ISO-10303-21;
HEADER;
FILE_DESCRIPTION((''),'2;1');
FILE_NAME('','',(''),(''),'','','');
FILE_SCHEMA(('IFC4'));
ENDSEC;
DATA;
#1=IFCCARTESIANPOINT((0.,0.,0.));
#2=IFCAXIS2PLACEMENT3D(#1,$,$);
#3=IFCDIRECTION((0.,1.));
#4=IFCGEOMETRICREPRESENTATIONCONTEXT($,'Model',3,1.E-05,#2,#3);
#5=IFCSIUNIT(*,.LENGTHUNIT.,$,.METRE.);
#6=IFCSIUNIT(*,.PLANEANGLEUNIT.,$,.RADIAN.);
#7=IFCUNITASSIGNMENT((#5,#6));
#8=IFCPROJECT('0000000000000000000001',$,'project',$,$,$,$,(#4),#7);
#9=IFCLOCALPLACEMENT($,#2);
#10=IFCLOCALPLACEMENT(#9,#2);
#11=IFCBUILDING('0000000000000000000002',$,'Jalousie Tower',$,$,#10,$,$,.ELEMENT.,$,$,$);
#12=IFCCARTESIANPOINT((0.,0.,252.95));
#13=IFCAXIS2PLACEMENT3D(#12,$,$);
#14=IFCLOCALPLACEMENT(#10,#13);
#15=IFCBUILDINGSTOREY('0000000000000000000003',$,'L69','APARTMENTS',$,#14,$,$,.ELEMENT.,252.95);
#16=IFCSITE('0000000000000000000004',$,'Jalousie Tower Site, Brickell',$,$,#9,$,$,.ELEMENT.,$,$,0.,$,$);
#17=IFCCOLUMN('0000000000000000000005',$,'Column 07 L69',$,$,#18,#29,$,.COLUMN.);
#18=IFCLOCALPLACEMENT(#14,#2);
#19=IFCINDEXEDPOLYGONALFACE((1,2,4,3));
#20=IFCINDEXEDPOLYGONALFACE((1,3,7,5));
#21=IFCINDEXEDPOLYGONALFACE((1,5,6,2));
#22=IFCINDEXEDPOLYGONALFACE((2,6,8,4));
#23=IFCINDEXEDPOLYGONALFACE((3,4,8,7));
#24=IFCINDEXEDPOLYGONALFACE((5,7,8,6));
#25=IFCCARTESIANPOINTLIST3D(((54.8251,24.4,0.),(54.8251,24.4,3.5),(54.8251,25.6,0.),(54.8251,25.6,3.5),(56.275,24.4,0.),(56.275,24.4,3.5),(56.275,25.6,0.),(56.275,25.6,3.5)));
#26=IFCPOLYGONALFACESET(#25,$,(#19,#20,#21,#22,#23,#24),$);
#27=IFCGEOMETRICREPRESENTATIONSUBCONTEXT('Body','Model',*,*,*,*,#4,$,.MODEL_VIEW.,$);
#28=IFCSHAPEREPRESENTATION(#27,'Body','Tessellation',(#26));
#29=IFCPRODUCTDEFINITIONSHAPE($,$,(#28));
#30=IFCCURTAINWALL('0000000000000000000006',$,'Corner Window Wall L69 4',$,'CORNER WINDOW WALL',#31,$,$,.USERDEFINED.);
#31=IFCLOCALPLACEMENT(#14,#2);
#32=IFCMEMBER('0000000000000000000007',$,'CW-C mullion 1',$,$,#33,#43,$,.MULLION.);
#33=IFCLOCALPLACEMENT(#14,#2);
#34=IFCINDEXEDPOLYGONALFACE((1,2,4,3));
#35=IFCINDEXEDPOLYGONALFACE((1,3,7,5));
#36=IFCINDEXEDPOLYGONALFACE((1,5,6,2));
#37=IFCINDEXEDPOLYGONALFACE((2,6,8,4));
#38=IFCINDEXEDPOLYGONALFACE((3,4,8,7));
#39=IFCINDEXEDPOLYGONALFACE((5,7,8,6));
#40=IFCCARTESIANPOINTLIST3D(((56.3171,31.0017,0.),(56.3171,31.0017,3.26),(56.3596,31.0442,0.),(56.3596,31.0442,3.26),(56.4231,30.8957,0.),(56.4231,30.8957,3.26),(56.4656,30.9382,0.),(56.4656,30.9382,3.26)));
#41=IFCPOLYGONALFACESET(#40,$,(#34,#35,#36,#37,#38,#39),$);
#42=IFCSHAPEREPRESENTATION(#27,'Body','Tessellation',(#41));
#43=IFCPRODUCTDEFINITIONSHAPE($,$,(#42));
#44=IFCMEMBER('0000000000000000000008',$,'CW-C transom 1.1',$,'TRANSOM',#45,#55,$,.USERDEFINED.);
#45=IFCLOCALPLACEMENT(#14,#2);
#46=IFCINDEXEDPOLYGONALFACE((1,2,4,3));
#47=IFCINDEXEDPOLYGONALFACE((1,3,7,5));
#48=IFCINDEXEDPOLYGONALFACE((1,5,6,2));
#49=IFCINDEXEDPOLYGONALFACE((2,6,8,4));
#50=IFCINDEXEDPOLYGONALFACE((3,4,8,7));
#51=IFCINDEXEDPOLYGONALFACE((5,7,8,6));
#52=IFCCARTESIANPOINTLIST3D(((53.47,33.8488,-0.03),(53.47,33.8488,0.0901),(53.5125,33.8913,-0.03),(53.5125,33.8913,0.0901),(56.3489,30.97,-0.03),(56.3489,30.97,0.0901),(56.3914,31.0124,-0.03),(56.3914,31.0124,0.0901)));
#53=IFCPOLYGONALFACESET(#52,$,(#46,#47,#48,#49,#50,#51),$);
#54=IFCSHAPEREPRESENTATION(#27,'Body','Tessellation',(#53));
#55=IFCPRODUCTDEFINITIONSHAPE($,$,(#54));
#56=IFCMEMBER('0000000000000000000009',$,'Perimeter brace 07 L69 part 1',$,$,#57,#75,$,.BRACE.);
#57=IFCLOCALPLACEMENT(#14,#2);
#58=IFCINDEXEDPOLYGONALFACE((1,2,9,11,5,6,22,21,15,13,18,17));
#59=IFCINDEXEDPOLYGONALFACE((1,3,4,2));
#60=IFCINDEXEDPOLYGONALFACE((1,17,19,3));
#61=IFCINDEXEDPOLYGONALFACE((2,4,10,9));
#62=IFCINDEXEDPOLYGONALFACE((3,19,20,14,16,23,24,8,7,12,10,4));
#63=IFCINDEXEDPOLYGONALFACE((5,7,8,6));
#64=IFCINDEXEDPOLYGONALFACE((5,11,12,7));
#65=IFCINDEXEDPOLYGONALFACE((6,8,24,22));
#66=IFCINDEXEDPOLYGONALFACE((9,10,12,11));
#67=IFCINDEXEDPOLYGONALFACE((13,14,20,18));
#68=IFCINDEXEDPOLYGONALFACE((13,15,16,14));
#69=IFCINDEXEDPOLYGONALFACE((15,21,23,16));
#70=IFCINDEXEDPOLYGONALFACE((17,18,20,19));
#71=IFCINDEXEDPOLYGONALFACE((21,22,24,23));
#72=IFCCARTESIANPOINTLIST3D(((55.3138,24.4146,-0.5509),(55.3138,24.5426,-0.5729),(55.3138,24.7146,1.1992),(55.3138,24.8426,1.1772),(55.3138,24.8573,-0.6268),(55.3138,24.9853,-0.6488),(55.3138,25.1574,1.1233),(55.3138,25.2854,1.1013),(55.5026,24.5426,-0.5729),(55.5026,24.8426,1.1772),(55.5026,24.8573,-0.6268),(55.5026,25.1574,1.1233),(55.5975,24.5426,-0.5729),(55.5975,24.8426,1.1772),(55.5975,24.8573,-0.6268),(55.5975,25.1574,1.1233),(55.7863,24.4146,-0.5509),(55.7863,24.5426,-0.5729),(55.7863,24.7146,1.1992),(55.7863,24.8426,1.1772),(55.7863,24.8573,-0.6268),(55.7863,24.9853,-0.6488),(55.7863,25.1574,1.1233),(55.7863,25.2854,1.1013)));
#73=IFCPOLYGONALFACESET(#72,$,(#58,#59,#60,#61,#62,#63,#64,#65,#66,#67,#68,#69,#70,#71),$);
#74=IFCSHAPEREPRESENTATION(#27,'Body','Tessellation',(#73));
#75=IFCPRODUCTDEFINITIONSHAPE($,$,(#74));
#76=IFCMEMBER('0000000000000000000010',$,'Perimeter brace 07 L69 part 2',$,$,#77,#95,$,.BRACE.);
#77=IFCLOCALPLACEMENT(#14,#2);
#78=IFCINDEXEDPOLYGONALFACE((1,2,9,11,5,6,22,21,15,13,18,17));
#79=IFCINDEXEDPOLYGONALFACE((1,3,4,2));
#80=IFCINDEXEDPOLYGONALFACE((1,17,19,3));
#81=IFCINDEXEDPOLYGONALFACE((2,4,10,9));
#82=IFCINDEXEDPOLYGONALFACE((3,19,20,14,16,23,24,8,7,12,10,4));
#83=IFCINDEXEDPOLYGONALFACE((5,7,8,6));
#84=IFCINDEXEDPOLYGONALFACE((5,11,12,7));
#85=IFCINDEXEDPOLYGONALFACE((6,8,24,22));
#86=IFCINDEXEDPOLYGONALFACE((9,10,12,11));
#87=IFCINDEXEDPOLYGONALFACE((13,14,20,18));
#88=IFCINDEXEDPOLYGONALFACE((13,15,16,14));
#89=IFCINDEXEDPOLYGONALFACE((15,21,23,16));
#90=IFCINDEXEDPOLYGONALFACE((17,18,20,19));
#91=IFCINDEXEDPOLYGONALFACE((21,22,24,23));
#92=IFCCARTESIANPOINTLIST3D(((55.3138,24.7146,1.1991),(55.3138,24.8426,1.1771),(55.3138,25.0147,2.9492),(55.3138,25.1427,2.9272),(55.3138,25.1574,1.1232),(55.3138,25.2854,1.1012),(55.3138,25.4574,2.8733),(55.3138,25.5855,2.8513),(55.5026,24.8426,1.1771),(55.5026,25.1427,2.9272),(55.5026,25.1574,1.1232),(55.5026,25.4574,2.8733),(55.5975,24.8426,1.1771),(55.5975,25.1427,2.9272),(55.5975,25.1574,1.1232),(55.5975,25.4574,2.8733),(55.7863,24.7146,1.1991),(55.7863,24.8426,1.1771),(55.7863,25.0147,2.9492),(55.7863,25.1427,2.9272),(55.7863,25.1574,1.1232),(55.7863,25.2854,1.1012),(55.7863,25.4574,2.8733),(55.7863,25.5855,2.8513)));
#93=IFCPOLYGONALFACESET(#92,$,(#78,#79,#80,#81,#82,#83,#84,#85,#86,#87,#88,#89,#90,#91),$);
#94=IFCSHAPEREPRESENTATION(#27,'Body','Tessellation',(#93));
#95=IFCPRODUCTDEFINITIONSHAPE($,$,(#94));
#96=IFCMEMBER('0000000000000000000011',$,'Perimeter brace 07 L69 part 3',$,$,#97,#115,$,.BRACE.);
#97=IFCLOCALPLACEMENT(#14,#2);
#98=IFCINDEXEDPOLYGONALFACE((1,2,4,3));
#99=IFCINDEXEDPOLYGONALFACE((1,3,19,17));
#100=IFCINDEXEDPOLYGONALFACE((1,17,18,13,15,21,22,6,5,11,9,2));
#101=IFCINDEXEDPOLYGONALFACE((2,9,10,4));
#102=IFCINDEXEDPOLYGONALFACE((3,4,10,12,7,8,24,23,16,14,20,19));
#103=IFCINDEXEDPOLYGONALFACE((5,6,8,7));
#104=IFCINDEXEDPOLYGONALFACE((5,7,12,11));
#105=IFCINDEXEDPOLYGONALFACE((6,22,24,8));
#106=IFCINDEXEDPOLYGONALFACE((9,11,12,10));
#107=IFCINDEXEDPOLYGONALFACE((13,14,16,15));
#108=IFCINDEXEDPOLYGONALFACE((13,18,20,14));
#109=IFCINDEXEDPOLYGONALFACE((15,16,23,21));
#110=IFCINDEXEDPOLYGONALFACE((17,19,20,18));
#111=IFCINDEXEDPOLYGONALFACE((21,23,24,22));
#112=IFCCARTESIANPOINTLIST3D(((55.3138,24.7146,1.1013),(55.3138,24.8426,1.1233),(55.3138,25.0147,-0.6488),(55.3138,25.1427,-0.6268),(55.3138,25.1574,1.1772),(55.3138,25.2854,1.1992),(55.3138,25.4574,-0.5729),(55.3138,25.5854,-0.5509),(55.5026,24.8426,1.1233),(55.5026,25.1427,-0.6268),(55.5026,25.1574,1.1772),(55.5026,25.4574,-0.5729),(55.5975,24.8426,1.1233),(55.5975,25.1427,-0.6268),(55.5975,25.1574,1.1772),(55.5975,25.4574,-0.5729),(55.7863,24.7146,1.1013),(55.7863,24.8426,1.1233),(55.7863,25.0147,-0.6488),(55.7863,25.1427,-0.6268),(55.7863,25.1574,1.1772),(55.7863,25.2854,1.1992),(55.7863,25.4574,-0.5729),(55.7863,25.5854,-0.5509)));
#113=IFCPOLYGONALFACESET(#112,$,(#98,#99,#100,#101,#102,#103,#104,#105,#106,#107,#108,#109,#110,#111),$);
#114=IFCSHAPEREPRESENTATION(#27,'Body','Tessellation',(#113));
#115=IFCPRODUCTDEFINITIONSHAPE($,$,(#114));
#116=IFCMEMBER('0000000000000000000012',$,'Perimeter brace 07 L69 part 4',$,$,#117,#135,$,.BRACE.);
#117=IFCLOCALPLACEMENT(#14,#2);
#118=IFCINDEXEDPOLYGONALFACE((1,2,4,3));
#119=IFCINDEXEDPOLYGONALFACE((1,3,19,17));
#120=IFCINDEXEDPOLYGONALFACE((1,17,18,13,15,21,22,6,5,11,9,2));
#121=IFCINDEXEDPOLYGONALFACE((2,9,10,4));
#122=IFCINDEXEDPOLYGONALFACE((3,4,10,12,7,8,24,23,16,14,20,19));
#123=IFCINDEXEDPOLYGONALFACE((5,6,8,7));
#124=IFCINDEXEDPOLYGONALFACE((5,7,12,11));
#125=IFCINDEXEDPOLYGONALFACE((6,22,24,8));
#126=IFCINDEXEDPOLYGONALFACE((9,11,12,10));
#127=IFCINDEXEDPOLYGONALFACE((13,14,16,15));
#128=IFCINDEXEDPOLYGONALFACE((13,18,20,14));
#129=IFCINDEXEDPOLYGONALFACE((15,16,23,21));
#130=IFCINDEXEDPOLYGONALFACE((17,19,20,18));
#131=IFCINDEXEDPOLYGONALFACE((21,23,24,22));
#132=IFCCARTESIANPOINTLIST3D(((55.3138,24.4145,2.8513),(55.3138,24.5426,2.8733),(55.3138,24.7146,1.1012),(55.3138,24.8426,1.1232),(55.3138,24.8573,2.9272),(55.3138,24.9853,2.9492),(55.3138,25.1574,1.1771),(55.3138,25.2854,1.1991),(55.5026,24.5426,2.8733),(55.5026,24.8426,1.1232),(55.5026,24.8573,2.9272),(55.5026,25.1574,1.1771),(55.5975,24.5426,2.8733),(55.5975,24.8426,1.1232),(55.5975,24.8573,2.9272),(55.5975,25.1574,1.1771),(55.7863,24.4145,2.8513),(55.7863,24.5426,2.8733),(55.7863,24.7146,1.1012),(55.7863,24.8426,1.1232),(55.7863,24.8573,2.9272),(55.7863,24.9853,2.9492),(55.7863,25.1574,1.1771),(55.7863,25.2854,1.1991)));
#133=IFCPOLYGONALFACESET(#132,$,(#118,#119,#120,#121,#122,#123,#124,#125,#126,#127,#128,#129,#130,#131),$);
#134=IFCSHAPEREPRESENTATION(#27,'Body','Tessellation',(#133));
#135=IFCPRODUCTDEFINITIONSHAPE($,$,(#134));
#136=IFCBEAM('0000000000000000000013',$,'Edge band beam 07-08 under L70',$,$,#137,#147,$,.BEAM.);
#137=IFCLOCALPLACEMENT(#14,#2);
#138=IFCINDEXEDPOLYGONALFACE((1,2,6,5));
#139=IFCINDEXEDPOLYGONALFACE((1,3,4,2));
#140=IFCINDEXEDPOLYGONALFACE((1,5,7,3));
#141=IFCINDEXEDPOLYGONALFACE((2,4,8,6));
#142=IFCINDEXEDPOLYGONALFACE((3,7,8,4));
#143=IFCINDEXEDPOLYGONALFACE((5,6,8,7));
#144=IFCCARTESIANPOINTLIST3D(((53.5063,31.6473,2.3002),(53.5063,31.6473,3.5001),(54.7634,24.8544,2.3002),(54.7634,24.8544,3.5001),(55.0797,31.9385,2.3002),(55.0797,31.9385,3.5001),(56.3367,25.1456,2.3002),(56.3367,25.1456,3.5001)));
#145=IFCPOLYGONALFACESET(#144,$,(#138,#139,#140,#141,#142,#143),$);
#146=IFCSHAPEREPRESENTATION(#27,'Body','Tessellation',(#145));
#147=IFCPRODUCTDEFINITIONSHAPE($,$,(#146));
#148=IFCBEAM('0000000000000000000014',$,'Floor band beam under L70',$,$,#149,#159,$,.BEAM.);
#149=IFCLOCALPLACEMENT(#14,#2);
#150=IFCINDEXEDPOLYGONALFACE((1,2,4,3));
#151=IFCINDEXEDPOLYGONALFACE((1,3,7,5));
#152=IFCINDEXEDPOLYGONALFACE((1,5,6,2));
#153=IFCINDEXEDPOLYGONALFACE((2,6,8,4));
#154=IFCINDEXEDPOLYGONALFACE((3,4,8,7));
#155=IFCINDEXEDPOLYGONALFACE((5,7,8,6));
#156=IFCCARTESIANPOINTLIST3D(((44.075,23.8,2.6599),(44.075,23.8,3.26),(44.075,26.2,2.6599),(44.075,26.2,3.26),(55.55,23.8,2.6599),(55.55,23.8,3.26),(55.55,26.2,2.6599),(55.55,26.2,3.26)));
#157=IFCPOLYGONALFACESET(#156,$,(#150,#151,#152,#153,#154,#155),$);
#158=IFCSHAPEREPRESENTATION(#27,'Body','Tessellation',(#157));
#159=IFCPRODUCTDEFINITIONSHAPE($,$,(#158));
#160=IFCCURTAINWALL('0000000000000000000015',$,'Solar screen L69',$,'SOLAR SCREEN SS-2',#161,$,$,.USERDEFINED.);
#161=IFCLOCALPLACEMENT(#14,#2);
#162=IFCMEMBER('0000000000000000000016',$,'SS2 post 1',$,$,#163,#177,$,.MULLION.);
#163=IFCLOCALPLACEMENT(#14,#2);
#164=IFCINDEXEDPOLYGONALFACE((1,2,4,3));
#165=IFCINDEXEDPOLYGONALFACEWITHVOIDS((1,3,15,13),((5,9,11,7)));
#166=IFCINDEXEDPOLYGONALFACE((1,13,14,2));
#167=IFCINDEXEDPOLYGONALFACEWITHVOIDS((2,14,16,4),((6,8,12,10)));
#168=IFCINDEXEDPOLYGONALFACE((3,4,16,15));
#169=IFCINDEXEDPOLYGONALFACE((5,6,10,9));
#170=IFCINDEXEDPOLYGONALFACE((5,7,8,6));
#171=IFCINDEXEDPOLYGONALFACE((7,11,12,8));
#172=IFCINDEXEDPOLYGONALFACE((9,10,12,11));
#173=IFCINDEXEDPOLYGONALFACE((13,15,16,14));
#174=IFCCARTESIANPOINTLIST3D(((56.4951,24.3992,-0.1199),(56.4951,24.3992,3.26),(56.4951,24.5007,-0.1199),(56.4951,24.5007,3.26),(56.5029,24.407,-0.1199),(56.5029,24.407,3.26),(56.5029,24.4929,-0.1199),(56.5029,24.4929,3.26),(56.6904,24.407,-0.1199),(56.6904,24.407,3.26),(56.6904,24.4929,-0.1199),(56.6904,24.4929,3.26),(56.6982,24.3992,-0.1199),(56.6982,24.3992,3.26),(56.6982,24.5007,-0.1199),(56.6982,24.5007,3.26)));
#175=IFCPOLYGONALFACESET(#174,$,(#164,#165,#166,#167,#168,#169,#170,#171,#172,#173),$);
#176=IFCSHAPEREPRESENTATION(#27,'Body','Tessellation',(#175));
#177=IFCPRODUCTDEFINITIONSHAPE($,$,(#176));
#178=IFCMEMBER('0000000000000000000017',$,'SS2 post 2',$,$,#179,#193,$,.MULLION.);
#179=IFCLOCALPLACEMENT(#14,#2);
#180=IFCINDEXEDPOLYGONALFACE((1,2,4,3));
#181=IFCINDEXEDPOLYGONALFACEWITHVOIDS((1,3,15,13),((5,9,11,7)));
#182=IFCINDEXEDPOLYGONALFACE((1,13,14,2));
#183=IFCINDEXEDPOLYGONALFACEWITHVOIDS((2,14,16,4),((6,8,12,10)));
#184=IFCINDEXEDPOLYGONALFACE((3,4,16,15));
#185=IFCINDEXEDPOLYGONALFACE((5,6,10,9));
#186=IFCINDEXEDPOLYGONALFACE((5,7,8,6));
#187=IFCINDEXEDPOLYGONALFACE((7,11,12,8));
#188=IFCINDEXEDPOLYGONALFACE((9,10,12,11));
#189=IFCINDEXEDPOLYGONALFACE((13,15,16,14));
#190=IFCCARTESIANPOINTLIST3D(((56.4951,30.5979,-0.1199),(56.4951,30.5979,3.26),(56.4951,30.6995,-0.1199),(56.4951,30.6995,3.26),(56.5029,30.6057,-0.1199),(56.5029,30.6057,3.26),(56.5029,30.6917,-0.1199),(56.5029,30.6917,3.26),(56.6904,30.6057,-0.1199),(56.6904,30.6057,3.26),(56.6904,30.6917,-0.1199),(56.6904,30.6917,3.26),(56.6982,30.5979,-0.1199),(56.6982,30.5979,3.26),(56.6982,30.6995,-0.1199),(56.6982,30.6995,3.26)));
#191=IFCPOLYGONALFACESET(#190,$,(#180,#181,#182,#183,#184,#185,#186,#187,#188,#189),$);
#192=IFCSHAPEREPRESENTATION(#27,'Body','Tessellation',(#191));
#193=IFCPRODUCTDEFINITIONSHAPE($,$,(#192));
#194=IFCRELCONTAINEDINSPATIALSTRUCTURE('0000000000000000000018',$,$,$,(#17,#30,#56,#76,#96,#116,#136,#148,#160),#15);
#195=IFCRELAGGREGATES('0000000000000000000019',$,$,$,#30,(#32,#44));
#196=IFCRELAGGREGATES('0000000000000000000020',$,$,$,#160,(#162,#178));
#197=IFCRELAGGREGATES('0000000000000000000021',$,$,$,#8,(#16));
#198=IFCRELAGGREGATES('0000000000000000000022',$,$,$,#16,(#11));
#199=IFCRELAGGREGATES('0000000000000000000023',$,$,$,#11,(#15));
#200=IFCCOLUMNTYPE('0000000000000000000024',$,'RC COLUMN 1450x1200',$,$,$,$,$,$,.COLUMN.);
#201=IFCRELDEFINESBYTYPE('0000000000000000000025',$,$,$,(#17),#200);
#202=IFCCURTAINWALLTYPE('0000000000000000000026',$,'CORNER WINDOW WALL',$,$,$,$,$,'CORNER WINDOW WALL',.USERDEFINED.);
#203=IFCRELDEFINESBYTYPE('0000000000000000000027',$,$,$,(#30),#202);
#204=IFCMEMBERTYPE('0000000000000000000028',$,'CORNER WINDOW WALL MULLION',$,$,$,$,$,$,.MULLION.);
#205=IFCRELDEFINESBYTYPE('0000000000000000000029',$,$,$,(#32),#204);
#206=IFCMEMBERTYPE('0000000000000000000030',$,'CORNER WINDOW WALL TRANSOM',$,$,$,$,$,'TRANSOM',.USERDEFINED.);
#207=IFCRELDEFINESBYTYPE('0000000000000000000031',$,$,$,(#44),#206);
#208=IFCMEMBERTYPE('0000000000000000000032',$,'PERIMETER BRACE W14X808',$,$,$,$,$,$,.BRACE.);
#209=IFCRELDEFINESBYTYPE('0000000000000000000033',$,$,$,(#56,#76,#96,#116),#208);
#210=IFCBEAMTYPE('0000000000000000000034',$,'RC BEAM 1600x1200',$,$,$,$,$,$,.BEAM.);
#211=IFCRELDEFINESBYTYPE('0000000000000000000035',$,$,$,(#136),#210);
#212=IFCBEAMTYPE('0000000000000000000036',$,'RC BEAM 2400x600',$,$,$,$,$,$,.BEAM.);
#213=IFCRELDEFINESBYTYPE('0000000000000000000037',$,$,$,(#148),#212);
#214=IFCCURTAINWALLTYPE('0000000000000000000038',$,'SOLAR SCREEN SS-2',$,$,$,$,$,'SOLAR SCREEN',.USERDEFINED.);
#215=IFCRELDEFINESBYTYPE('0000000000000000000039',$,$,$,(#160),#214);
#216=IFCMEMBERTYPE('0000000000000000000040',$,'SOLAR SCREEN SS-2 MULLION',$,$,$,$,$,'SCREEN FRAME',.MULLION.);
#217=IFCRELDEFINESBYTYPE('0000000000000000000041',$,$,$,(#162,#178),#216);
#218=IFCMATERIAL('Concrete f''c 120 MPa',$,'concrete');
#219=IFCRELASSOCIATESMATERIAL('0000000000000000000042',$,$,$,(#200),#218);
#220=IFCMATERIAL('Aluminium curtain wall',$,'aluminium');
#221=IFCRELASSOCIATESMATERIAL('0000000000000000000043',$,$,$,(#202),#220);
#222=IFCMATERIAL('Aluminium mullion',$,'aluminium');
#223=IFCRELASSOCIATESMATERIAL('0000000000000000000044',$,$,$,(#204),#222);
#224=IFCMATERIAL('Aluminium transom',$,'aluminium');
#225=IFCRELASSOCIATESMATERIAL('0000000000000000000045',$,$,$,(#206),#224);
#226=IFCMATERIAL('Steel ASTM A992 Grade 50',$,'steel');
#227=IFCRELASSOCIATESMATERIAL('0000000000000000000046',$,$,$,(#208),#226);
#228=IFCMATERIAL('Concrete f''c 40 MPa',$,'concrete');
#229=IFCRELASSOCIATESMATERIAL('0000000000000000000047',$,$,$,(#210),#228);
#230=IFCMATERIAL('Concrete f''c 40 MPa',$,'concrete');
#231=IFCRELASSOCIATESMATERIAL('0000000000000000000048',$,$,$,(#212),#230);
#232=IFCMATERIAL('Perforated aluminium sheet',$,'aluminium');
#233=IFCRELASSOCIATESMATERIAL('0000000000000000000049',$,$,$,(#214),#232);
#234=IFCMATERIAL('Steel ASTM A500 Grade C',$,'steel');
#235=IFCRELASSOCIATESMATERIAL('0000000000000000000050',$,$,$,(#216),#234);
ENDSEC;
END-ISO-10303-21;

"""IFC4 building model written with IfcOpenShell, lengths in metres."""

from ifc_helpers import new_model, si_unit, direction, frame, origin, origin_2d, place, context, subcontext, project, spatial, rectangle, hollow_rectangle, i_section, extrude, material, material_profile, profile_set, type_object, element, aggregate, save


model = new_model("IFC4")

# Units and contexts
model_context = context("Model", 3, precision=1e-05, world=origin(), true_north=direction((0.0, 1.0)))
body_context = subcontext(model_context, "Body", "Model", "MODEL_VIEW")
ifc_project = project(units=[si_unit("LENGTHUNIT", "METRE"), si_unit("PLANEANGLEUNIT", "RADIAN")], contexts=[model_context])

# Site, building, storey
site_placement = place(None, origin())
site = spatial("IfcSite", under=ifc_project, at=site_placement, Name="Jalousie Tower Site, Brickell", CompositionType="ELEMENT", RefElevation=0.0)
building_placement = place(site_placement, origin())
building = spatial("IfcBuilding", under=site, at=building_placement, Name="Jalousie Tower", CompositionType="ELEMENT")
storey_placement = place(building_placement, frame((0.0, 0.0, 252.95)))
storey = spatial("IfcBuildingStorey", under=building, at=storey_placement, Name="L69", Description="APARTMENTS", CompositionType="ELEMENT", Elevation=252.95)

# Column
ifc_material_1 = material(Name="Concrete f'c 120 MPa", Category="concrete")
ifc_material_profile_1 = material_profile(ifc_material_1, rectangle(XDim=1.45, YDim=1.2, at=origin_2d()), Name="RC 1450x1200")
ifc_profile_set_1 = profile_set([ifc_material_profile_1], Name="Concrete f'c 120 MPa")
column_type = type_object("IfcColumnType", Name="RC COLUMN 1450x1200", PredefinedType="COLUMN", material=ifc_profile_set_1)
column_placement = place(storey_placement, frame((55.55, 25.0, 0.0), z_axis=(0.0, 0.0, 1.0), x_axis=(1.0, 0.0, 0.0)))
element("IfcColumn", 1, at=column_placement, inside=storey, type_object=column_type, Name="Column 07 L69", PredefinedType="COLUMN", context=body_context, shape_type="SweptSolid", body=[
    extrude(rectangle(XDim=1.45, YDim=1.2, at=origin_2d()), origin(), (0.0, 0.0, 1.0), 3.5),
])

# Curtain wall, members
ifc_material_2 = material(Name="Aluminium curtain wall", Category="aluminium")
curtain_wall_type_1 = type_object("IfcCurtainWallType", Name="CORNER WINDOW WALL", ElementType="CORNER WINDOW WALL", PredefinedType="USERDEFINED", material=ifc_material_2)
curtain_wall_1_placement = place(storey_placement, origin())
curtain_wall_1 = element("IfcCurtainWall", 2, at=curtain_wall_1_placement, inside=storey, type_object=curtain_wall_type_1, Name="Corner Window Wall L69 4", ObjectType="CORNER WINDOW WALL", PredefinedType="USERDEFINED")
ifc_material_3 = material(Name="Aluminium mullion", Category="aluminium")
ifc_material_profile_2 = material_profile(ifc_material_3, rectangle(XDim=0.0601, YDim=0.1499, at=origin_2d()), Name="MULLION 60x150")
ifc_profile_set_2 = profile_set([ifc_material_profile_2], Name="Aluminium mullion")
member_type_1 = type_object("IfcMemberType", Name="CORNER WINDOW WALL MULLION", PredefinedType="MULLION", material=ifc_profile_set_2)
member_1_placement = place(storey_placement, frame((56.3914, 30.97, 0.0), z_axis=(0.0, 0.0, 1.0), x_axis=(-0.707107, -0.707107, 0.0)))
member_1 = element("IfcMember", 3, at=member_1_placement, type_object=member_type_1, Name="CW-C mullion 1", PredefinedType="MULLION", context=body_context, shape_type="SweptSolid", body=[
    extrude(rectangle(XDim=0.0601, YDim=0.1499, at=origin_2d()), origin(), (0.0, 0.0, 1.0), 3.26),
])
ifc_material_4 = material(Name="Aluminium transom", Category="aluminium")
ifc_material_profile_3 = material_profile(ifc_material_4, rectangle(XDim=0.0601, YDim=0.1201, at=origin_2d()), Name="TRANSOM 60x120")
ifc_profile_set_3 = profile_set([ifc_material_profile_3], Name="Aluminium transom")
member_type_2 = type_object("IfcMemberType", Name="CORNER WINDOW WALL TRANSOM", ElementType="TRANSOM", PredefinedType="USERDEFINED", material=ifc_profile_set_3)
member_2_placement = place(storey_placement, frame((56.3701, 30.9912, 0.03), z_axis=(-0.707107, 0.707107, 0.0), x_axis=(-0.707107, -0.707107, 0.0)))
member_2 = element("IfcMember", 4, at=member_2_placement, type_object=member_type_2, Name="CW-C transom 1.1", ObjectType="TRANSOM", PredefinedType="USERDEFINED", context=body_context, shape_type="SweptSolid", body=[
    extrude(rectangle(XDim=0.0601, YDim=0.1201, at=origin_2d()), origin(), (0.0, 0.0, 1.0), 4.0713),
])
aggregate(curtain_wall_1, [member_1, member_2])

# Members
ifc_material_5 = material(Name="Steel ASTM A992 Grade 50", Category="steel")
ifc_material_profile_4 = material_profile(ifc_material_5, i_section(OverallWidth=0.4724, OverallDepth=0.5791, WebThickness=0.095, FlangeThickness=0.1299, at=origin_2d()), Name="W14X808")
ifc_profile_set_4 = profile_set([ifc_material_profile_4], Name="Steel ASTM A992 Grade 50")
member_type_3 = type_object("IfcMemberType", Name="PERIMETER BRACE W14X808", PredefinedType="BRACE", material=ifc_profile_set_4)
for number, where, z_axis, x_axis, name in (
    (5, (55.55, 24.7, -0.5999), (0.0, 0.168991, 0.985618), (-1.0, 0.0, 0.0), "Perimeter brace 07 L69 part 1"),
    (6, (55.55, 25.0, 1.1501), (0.0, 0.168991, 0.985618), (-1.0, 0.0, 0.0), "Perimeter brace 07 L69 part 2"),
    (7, (55.55, 25.3, -0.5999), (0.0, -0.168991, 0.985618), (1.0, 0.0, 0.0), "Perimeter brace 07 L69 part 3"),
    (8, (55.55, 25.0, 1.1501), (0.0, -0.168991, 0.985618), (1.0, 0.0, 0.0), "Perimeter brace 07 L69 part 4"),
):
    element("IfcMember", number, at=place(storey_placement, frame(where, z_axis=z_axis, x_axis=x_axis)), inside=storey, type_object=member_type_3, Name=name, PredefinedType="BRACE", context=body_context, shape_type="SweptSolid", body=[
        extrude(i_section(OverallWidth=0.4724, OverallDepth=0.5791, WebThickness=0.095, FlangeThickness=0.1299, at=origin_2d()), origin(), (0.0, 0.0, 1.0), 1.7756),
    ])

# Beams
ifc_material_6 = material(Name="Concrete f'c 40 MPa", Category="concrete")
ifc_material_profile_5 = material_profile(ifc_material_6, rectangle(XDim=1.6001, YDim=1.2, at=origin_2d()), Name="RC 1600x1200")
ifc_profile_set_5 = profile_set([ifc_material_profile_5], Name="Concrete f'c 40 MPa")
beam_type_1 = type_object("IfcBeamType", Name="RC BEAM 1600x1200", PredefinedType="BEAM", material=ifc_profile_set_5)
beam_1_placement = place(storey_placement, frame((55.55, 25.0, 2.9001), z_axis=(-0.181967, 0.983305, 0.0), x_axis=(-0.983305, -0.181967, 0.0)))
element("IfcBeam", 9, at=beam_1_placement, inside=storey, type_object=beam_type_1, Name="Edge band beam 07-08 under L70", PredefinedType="BEAM", context=body_context, shape_type="SweptSolid", body=[
    extrude(rectangle(XDim=1.6001, YDim=1.2, at=origin_2d()), origin(), (0.0, 0.0, 1.0), 6.9082),
])
ifc_material_7 = material(Name="Concrete f'c 40 MPa", Category="concrete")
ifc_material_profile_6 = material_profile(ifc_material_7, rectangle(XDim=2.3999, YDim=0.6001, at=origin_2d()), Name="RC 2400x600")
ifc_profile_set_6 = profile_set([ifc_material_profile_6], Name="Concrete f'c 40 MPa")
beam_type_2 = type_object("IfcBeamType", Name="RC BEAM 2400x600", PredefinedType="BEAM", material=ifc_profile_set_6)
beam_2_placement = place(storey_placement, frame((55.55, 25.0, 2.96), z_axis=(-1.0, 0.0, 0.0), x_axis=(0.0, -1.0, 0.0)))
element("IfcBeam", 10, at=beam_2_placement, inside=storey, type_object=beam_type_2, Name="Floor band beam under L70", PredefinedType="BEAM", context=body_context, shape_type="SweptSolid", body=[
    extrude(rectangle(XDim=2.3999, YDim=0.6001, at=origin_2d()), origin(), (0.0, 0.0, 1.0), 11.4751),
])

# Curtain wall, members
ifc_material_8 = material(Name="Perforated aluminium sheet", Category="aluminium")
curtain_wall_type_2 = type_object("IfcCurtainWallType", Name="SOLAR SCREEN SS-2", ElementType="SOLAR SCREEN", PredefinedType="USERDEFINED", material=ifc_material_8)
curtain_wall_2_placement = place(storey_placement, origin())
curtain_wall_2 = element("IfcCurtainWall", 11, at=curtain_wall_2_placement, inside=storey, type_object=curtain_wall_type_2, Name="Solar screen L69", ObjectType="SOLAR SCREEN SS-2", PredefinedType="USERDEFINED")
ifc_material_9 = material(Name="Steel ASTM A500 Grade C", Category="steel")
ifc_material_profile_7 = material_profile(ifc_material_9, hollow_rectangle(XDim=0.1016, YDim=0.2031, WallThickness=0.0078, at=origin_2d()), Name="HSS8X4X5/16")
ifc_profile_set_7 = profile_set([ifc_material_profile_7], Name="Steel ASTM A500 Grade C")
member_type_4 = type_object("IfcMemberType", Name="SOLAR SCREEN SS-2 MULLION", ElementType="SCREEN FRAME", PredefinedType="MULLION", material=ifc_profile_set_7)
member_3_placement = place(storey_placement, frame((56.5967, 24.45, -0.1199), z_axis=(0.0, 0.0, 1.0), x_axis=(0.0, 1.0, 0.0)))
member_3 = element("IfcMember", 12, at=member_3_placement, type_object=member_type_4, Name="SS2 post 1", PredefinedType="MULLION", context=body_context, shape_type="SweptSolid", body=[
    extrude(hollow_rectangle(XDim=0.1016, YDim=0.2031, WallThickness=0.0078, at=origin_2d()), origin(), (0.0, 0.0, 1.0), 3.3799),
])
member_4_placement = place(storey_placement, frame((56.5967, 30.6487, -0.1199), z_axis=(0.0, 0.0, 1.0), x_axis=(0.0, 1.0, 0.0)))
member_4 = element("IfcMember", 13, at=member_4_placement, type_object=member_type_4, Name="SS2 post 2", PredefinedType="MULLION", context=body_context, shape_type="SweptSolid", body=[
    extrude(hollow_rectangle(XDim=0.1016, YDim=0.2031, WallThickness=0.0078, at=origin_2d()), origin(), (0.0, 0.0, 1.0), 3.3799),
])
aggregate(curtain_wall_2, [member_3, member_4])

save(model, "model.ifc")
